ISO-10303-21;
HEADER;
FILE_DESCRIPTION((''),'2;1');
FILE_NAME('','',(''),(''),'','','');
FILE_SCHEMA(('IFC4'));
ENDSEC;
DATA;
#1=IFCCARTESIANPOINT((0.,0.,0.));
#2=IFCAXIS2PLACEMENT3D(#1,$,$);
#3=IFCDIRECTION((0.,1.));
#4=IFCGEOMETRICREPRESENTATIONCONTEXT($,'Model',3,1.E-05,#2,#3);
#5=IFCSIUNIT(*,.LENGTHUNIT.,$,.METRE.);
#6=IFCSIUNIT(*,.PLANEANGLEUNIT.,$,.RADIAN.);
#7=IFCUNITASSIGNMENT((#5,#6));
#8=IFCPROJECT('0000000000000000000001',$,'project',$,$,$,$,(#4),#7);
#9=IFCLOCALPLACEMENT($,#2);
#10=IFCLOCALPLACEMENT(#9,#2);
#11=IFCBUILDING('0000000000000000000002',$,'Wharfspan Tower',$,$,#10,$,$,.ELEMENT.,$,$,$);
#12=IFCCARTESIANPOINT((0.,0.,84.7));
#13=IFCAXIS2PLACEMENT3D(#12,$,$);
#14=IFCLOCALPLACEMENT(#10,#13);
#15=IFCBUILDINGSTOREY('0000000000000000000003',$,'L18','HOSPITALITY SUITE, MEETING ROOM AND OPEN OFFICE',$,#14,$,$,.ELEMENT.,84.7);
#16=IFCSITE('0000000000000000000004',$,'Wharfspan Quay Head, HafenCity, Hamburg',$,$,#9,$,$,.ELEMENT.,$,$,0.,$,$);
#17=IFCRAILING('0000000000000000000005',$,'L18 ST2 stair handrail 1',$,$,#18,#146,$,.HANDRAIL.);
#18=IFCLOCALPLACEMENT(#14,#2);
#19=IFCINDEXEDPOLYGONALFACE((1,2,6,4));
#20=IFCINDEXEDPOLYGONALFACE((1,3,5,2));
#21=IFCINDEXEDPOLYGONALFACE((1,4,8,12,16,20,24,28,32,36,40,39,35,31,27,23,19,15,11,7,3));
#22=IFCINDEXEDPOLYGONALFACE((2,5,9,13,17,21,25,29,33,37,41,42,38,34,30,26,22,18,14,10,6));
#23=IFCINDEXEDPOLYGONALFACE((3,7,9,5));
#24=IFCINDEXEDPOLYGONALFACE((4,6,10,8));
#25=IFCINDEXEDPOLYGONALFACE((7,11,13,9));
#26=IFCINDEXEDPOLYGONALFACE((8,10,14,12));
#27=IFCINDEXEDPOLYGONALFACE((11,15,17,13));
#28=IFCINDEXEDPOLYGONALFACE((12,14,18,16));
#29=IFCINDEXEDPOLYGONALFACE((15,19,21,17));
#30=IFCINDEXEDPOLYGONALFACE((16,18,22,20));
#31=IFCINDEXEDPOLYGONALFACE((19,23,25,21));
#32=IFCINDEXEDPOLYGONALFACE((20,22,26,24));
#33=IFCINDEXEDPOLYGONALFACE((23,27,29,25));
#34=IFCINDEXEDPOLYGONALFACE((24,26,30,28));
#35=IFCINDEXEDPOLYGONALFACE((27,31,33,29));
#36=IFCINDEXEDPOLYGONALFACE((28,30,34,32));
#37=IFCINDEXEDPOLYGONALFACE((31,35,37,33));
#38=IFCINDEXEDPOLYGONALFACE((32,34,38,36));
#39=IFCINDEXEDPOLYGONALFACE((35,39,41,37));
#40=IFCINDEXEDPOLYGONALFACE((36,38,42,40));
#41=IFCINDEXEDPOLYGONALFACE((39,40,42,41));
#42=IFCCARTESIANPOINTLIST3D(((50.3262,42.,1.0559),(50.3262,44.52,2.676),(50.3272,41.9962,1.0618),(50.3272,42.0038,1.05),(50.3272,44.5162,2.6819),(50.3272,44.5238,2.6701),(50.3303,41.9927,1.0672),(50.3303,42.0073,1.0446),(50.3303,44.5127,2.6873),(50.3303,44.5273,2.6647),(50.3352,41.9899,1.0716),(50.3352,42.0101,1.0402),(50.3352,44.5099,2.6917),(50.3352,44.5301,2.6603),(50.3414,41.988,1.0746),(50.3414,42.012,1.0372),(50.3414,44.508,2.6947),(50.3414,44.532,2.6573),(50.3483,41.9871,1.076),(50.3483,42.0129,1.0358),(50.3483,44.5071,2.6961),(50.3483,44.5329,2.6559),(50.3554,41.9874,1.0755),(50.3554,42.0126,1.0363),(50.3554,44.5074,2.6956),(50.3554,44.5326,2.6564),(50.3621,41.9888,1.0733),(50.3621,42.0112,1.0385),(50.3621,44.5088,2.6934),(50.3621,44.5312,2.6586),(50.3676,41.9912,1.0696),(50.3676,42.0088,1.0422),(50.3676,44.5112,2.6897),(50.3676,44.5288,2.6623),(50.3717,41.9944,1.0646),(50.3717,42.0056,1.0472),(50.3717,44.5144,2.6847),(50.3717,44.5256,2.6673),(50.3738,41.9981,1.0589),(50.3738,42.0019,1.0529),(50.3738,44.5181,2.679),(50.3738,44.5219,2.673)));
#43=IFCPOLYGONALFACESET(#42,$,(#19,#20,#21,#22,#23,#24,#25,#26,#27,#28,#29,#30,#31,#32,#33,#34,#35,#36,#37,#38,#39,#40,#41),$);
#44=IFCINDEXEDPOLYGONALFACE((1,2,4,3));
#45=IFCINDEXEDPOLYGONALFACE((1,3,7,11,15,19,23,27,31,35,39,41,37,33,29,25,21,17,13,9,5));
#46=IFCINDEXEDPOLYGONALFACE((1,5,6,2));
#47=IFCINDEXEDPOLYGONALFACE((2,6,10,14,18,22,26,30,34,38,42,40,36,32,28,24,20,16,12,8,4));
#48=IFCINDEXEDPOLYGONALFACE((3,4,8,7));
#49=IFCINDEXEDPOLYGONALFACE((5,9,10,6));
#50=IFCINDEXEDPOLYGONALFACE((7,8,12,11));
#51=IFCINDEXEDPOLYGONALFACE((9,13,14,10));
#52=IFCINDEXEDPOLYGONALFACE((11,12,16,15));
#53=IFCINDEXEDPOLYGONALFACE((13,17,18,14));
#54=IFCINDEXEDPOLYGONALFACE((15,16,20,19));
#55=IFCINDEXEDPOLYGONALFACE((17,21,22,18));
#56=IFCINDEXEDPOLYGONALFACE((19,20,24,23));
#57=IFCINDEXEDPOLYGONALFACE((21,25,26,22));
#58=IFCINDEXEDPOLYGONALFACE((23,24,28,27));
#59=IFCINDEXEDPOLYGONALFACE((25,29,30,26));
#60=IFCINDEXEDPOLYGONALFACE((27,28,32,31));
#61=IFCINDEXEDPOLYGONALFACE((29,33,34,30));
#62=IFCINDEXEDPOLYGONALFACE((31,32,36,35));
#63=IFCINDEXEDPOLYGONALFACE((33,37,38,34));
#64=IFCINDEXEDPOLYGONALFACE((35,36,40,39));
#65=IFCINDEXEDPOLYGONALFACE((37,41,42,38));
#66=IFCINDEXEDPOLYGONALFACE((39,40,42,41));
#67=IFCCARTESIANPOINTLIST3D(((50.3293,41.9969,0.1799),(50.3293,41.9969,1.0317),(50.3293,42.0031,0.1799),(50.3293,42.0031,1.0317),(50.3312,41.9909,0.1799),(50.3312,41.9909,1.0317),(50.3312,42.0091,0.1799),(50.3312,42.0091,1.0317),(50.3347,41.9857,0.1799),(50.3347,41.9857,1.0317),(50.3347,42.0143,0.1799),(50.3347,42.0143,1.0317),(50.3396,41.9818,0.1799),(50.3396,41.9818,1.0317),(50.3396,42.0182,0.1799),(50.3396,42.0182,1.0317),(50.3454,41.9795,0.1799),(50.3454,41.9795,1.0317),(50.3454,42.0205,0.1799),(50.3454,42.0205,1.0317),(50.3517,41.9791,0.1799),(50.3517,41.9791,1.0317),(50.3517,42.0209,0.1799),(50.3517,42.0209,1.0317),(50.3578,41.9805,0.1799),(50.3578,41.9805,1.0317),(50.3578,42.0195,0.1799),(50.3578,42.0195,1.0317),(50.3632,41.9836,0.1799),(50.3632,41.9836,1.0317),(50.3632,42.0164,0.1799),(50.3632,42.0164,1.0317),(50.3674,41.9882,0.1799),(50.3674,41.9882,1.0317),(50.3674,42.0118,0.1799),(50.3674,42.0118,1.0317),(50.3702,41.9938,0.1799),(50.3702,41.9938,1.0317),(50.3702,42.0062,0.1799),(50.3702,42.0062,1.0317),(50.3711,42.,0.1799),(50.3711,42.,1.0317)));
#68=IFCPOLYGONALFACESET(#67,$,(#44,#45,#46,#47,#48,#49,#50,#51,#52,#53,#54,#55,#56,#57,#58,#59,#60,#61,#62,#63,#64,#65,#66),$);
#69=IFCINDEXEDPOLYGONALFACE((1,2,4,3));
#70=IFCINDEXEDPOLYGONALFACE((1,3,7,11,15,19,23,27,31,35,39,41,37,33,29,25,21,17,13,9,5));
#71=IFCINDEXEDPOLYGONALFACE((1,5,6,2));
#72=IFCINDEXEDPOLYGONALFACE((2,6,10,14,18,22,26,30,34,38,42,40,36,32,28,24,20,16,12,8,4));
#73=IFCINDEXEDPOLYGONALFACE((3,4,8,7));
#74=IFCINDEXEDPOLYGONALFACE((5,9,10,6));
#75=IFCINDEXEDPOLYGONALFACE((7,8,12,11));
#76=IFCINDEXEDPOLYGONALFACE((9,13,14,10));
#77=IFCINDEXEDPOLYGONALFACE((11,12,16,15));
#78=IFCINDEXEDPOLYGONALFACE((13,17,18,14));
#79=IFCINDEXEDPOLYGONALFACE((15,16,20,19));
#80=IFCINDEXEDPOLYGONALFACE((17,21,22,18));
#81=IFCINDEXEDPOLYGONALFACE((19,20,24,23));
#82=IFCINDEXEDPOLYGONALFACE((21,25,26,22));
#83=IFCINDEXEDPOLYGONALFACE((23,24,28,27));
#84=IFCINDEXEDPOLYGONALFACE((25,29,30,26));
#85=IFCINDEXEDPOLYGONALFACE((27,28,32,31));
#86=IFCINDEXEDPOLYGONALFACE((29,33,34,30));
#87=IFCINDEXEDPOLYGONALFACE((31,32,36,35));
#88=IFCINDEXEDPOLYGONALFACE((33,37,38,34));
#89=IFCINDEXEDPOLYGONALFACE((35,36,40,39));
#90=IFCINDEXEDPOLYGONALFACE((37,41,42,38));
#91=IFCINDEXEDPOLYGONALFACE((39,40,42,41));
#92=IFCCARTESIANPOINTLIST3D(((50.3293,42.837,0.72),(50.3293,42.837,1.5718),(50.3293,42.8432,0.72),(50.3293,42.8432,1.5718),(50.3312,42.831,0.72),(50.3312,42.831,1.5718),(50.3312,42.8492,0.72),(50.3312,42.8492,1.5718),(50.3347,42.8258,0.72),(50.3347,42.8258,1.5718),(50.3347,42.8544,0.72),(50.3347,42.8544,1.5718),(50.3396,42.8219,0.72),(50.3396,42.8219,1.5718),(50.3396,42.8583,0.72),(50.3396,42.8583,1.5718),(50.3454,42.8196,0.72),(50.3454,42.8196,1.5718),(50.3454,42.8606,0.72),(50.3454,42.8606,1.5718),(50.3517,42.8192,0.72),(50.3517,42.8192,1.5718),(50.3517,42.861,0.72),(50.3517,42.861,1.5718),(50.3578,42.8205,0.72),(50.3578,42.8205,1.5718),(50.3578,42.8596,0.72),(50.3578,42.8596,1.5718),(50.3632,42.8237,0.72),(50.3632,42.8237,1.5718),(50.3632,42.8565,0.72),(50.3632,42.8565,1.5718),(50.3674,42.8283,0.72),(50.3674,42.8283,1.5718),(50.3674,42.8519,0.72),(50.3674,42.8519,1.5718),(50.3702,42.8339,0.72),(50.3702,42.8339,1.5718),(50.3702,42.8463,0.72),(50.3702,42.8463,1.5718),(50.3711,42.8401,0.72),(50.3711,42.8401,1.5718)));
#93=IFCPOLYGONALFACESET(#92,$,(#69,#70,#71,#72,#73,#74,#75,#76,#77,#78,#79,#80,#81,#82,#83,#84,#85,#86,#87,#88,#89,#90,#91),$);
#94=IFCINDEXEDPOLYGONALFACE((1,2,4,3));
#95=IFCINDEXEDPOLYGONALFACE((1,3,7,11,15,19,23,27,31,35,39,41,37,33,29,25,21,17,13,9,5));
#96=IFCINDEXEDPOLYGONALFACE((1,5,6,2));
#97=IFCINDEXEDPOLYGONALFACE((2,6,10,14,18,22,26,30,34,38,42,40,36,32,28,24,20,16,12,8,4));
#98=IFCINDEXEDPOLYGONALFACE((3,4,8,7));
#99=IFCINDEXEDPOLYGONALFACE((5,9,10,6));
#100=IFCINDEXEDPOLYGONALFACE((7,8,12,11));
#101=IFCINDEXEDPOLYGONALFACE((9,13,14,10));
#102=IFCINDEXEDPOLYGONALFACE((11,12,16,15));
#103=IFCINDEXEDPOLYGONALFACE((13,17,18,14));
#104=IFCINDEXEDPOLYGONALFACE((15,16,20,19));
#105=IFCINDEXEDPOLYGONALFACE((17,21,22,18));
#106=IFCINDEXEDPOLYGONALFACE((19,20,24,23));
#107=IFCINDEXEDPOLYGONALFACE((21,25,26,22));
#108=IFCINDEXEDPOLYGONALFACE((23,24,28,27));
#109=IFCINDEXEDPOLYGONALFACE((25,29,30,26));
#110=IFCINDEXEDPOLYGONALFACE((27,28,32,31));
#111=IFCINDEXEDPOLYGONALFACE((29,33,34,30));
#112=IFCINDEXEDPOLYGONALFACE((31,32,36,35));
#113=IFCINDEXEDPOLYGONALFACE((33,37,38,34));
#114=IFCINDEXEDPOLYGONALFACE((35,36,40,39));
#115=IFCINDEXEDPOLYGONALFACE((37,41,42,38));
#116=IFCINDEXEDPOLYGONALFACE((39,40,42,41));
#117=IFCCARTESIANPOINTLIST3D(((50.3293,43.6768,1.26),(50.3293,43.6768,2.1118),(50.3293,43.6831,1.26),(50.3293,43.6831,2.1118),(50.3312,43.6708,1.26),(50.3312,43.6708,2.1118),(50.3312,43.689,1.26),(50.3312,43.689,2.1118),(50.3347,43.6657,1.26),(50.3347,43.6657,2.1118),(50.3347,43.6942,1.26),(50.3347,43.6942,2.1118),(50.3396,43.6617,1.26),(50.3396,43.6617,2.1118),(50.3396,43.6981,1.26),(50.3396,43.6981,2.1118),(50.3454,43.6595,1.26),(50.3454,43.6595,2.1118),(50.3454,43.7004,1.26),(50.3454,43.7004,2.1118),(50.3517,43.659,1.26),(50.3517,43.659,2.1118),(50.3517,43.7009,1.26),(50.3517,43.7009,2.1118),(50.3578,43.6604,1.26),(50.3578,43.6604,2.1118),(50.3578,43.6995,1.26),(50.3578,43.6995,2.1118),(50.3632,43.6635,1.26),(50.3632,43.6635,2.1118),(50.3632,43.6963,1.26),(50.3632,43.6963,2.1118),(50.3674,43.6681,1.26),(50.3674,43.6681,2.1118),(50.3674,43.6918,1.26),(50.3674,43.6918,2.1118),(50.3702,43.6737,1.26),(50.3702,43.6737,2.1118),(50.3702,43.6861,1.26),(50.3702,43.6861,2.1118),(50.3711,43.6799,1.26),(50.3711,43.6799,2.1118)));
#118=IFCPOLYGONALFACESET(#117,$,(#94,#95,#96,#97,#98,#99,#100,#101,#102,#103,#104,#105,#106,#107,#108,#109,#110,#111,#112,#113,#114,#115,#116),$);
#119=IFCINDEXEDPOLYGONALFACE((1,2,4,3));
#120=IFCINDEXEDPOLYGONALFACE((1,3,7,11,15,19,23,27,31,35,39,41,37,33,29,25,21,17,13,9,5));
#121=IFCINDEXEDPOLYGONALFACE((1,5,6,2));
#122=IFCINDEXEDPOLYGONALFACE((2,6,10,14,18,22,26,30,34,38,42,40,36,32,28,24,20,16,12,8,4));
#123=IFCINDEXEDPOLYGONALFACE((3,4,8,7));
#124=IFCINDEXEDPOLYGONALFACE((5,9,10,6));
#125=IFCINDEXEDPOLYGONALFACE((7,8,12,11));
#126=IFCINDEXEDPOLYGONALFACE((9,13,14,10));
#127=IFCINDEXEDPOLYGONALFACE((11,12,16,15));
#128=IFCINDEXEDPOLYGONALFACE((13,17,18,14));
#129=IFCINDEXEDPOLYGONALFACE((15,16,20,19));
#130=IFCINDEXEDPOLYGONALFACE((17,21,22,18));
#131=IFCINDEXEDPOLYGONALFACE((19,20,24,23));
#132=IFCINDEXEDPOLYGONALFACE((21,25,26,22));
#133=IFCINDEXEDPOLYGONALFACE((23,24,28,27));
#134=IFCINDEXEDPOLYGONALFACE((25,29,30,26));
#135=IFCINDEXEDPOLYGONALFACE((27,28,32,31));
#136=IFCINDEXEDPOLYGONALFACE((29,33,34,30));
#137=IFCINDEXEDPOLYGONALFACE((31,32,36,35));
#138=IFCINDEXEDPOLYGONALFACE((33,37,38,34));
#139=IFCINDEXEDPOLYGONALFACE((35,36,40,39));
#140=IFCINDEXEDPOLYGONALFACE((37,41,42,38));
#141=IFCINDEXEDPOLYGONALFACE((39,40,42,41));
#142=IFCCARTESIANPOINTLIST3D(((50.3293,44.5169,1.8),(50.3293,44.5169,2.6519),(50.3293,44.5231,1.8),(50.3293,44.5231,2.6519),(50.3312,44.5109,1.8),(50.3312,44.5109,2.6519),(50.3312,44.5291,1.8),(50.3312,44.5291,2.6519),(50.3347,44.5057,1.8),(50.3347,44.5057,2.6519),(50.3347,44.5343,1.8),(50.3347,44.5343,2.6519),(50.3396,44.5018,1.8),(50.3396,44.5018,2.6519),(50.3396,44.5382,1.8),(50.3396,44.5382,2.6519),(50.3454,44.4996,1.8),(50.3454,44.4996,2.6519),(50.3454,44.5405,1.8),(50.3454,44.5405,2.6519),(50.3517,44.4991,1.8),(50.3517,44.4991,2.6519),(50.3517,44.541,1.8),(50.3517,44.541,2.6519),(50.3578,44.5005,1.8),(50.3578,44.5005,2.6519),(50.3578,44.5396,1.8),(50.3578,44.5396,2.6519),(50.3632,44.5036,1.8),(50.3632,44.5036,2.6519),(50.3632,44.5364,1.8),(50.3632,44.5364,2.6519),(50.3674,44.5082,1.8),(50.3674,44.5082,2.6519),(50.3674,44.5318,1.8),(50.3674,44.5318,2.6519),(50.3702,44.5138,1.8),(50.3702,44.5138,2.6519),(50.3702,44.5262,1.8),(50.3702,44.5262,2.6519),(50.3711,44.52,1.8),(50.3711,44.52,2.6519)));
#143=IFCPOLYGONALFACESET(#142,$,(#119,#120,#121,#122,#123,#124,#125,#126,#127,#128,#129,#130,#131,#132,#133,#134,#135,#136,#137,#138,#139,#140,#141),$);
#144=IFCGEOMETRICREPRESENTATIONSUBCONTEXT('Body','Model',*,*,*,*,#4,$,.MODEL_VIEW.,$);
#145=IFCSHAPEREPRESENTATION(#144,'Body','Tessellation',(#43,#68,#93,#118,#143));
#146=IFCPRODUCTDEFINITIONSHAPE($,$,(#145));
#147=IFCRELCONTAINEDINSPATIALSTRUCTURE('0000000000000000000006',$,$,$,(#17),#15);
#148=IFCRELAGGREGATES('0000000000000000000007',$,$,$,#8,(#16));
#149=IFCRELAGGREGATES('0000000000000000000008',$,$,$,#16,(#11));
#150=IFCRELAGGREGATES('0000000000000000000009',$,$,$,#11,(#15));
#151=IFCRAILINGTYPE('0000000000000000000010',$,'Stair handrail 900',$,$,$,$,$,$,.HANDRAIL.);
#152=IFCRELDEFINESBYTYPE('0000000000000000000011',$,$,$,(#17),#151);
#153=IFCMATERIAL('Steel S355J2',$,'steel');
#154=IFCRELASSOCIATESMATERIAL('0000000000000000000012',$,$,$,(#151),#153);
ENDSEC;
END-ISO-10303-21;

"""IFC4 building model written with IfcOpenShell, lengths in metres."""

from ifc_helpers import new_model, si_unit, direction, frame, origin, origin_2d, place, context, subcontext, project, spatial, circle, extrude, material, type_object, element, save


model = new_model("IFC4")

# Units and contexts
model_context = context("Model", 3, precision=1e-05, world=origin(), true_north=direction((0.0, 1.0)))
body_context = subcontext(model_context, "Body", "Model", "MODEL_VIEW")
ifc_project = project(units=[si_unit("LENGTHUNIT", "METRE"), si_unit("PLANEANGLEUNIT", "RADIAN")], contexts=[model_context])

# Site, building, storey
site_placement = place(None, origin())
site = spatial("IfcSite", under=ifc_project, at=site_placement, Name="Wharfspan Quay Head, HafenCity, Hamburg", CompositionType="ELEMENT", RefElevation=0.0)
building_placement = place(site_placement, origin())
building = spatial("IfcBuilding", under=site, at=building_placement, Name="Wharfspan Tower", CompositionType="ELEMENT")
storey_placement = place(building_placement, frame((0.0, 0.0, 84.7)))
storey = spatial("IfcBuildingStorey", under=building, at=storey_placement, Name="L18", Description="HOSPITALITY SUITE, MEETING ROOM AND OPEN OFFICE", CompositionType="ELEMENT", Elevation=84.7)

# Shared definitions
ifc_material_1 = material(Name="Steel S355J2", Category="steel")

# Railing
railing_type_1 = type_object("IfcRailingType", Name="Stair handrail 900", PredefinedType="HANDRAIL", material=ifc_material_1)
railing_1_placement = place(storey_placement, frame((50.3501, 42.0, 0.1799)))
element("IfcRailing", 1, at=railing_1_placement, inside=storey, type_object=railing_type_1, Name="L18 ST2 stair handrail 1", PredefinedType="HANDRAIL", context=body_context, shape_type="SweptSolid", body=[
    extrude(circle(Radius=0.0239, at=origin_2d()), frame((0.0, 0.0, 0.876), z_axis=(0.0, 0.841163, 0.540782), x_axis=(-1.0, 0.0, 0.0)), (0.0, 0.0, 1.0), 2.9958),
    extrude(circle(Radius=0.021, at=origin_2d()), origin(), (0.0, 0.0, 1.0), 0.8518),
    extrude(circle(Radius=0.021, at=origin_2d()), frame((0.0, 0.8401, 0.54)), (0.0, 0.0, 1.0), 0.8518),
    extrude(circle(Radius=0.021, at=origin_2d()), frame((0.0, 1.6799, 1.0801)), (0.0, 0.0, 1.0), 0.8518),
    extrude(circle(Radius=0.021, at=origin_2d()), frame((0.0, 2.52, 1.6201)), (0.0, 0.0, 1.0), 0.8518),
])

save(model, "model.ifc")
